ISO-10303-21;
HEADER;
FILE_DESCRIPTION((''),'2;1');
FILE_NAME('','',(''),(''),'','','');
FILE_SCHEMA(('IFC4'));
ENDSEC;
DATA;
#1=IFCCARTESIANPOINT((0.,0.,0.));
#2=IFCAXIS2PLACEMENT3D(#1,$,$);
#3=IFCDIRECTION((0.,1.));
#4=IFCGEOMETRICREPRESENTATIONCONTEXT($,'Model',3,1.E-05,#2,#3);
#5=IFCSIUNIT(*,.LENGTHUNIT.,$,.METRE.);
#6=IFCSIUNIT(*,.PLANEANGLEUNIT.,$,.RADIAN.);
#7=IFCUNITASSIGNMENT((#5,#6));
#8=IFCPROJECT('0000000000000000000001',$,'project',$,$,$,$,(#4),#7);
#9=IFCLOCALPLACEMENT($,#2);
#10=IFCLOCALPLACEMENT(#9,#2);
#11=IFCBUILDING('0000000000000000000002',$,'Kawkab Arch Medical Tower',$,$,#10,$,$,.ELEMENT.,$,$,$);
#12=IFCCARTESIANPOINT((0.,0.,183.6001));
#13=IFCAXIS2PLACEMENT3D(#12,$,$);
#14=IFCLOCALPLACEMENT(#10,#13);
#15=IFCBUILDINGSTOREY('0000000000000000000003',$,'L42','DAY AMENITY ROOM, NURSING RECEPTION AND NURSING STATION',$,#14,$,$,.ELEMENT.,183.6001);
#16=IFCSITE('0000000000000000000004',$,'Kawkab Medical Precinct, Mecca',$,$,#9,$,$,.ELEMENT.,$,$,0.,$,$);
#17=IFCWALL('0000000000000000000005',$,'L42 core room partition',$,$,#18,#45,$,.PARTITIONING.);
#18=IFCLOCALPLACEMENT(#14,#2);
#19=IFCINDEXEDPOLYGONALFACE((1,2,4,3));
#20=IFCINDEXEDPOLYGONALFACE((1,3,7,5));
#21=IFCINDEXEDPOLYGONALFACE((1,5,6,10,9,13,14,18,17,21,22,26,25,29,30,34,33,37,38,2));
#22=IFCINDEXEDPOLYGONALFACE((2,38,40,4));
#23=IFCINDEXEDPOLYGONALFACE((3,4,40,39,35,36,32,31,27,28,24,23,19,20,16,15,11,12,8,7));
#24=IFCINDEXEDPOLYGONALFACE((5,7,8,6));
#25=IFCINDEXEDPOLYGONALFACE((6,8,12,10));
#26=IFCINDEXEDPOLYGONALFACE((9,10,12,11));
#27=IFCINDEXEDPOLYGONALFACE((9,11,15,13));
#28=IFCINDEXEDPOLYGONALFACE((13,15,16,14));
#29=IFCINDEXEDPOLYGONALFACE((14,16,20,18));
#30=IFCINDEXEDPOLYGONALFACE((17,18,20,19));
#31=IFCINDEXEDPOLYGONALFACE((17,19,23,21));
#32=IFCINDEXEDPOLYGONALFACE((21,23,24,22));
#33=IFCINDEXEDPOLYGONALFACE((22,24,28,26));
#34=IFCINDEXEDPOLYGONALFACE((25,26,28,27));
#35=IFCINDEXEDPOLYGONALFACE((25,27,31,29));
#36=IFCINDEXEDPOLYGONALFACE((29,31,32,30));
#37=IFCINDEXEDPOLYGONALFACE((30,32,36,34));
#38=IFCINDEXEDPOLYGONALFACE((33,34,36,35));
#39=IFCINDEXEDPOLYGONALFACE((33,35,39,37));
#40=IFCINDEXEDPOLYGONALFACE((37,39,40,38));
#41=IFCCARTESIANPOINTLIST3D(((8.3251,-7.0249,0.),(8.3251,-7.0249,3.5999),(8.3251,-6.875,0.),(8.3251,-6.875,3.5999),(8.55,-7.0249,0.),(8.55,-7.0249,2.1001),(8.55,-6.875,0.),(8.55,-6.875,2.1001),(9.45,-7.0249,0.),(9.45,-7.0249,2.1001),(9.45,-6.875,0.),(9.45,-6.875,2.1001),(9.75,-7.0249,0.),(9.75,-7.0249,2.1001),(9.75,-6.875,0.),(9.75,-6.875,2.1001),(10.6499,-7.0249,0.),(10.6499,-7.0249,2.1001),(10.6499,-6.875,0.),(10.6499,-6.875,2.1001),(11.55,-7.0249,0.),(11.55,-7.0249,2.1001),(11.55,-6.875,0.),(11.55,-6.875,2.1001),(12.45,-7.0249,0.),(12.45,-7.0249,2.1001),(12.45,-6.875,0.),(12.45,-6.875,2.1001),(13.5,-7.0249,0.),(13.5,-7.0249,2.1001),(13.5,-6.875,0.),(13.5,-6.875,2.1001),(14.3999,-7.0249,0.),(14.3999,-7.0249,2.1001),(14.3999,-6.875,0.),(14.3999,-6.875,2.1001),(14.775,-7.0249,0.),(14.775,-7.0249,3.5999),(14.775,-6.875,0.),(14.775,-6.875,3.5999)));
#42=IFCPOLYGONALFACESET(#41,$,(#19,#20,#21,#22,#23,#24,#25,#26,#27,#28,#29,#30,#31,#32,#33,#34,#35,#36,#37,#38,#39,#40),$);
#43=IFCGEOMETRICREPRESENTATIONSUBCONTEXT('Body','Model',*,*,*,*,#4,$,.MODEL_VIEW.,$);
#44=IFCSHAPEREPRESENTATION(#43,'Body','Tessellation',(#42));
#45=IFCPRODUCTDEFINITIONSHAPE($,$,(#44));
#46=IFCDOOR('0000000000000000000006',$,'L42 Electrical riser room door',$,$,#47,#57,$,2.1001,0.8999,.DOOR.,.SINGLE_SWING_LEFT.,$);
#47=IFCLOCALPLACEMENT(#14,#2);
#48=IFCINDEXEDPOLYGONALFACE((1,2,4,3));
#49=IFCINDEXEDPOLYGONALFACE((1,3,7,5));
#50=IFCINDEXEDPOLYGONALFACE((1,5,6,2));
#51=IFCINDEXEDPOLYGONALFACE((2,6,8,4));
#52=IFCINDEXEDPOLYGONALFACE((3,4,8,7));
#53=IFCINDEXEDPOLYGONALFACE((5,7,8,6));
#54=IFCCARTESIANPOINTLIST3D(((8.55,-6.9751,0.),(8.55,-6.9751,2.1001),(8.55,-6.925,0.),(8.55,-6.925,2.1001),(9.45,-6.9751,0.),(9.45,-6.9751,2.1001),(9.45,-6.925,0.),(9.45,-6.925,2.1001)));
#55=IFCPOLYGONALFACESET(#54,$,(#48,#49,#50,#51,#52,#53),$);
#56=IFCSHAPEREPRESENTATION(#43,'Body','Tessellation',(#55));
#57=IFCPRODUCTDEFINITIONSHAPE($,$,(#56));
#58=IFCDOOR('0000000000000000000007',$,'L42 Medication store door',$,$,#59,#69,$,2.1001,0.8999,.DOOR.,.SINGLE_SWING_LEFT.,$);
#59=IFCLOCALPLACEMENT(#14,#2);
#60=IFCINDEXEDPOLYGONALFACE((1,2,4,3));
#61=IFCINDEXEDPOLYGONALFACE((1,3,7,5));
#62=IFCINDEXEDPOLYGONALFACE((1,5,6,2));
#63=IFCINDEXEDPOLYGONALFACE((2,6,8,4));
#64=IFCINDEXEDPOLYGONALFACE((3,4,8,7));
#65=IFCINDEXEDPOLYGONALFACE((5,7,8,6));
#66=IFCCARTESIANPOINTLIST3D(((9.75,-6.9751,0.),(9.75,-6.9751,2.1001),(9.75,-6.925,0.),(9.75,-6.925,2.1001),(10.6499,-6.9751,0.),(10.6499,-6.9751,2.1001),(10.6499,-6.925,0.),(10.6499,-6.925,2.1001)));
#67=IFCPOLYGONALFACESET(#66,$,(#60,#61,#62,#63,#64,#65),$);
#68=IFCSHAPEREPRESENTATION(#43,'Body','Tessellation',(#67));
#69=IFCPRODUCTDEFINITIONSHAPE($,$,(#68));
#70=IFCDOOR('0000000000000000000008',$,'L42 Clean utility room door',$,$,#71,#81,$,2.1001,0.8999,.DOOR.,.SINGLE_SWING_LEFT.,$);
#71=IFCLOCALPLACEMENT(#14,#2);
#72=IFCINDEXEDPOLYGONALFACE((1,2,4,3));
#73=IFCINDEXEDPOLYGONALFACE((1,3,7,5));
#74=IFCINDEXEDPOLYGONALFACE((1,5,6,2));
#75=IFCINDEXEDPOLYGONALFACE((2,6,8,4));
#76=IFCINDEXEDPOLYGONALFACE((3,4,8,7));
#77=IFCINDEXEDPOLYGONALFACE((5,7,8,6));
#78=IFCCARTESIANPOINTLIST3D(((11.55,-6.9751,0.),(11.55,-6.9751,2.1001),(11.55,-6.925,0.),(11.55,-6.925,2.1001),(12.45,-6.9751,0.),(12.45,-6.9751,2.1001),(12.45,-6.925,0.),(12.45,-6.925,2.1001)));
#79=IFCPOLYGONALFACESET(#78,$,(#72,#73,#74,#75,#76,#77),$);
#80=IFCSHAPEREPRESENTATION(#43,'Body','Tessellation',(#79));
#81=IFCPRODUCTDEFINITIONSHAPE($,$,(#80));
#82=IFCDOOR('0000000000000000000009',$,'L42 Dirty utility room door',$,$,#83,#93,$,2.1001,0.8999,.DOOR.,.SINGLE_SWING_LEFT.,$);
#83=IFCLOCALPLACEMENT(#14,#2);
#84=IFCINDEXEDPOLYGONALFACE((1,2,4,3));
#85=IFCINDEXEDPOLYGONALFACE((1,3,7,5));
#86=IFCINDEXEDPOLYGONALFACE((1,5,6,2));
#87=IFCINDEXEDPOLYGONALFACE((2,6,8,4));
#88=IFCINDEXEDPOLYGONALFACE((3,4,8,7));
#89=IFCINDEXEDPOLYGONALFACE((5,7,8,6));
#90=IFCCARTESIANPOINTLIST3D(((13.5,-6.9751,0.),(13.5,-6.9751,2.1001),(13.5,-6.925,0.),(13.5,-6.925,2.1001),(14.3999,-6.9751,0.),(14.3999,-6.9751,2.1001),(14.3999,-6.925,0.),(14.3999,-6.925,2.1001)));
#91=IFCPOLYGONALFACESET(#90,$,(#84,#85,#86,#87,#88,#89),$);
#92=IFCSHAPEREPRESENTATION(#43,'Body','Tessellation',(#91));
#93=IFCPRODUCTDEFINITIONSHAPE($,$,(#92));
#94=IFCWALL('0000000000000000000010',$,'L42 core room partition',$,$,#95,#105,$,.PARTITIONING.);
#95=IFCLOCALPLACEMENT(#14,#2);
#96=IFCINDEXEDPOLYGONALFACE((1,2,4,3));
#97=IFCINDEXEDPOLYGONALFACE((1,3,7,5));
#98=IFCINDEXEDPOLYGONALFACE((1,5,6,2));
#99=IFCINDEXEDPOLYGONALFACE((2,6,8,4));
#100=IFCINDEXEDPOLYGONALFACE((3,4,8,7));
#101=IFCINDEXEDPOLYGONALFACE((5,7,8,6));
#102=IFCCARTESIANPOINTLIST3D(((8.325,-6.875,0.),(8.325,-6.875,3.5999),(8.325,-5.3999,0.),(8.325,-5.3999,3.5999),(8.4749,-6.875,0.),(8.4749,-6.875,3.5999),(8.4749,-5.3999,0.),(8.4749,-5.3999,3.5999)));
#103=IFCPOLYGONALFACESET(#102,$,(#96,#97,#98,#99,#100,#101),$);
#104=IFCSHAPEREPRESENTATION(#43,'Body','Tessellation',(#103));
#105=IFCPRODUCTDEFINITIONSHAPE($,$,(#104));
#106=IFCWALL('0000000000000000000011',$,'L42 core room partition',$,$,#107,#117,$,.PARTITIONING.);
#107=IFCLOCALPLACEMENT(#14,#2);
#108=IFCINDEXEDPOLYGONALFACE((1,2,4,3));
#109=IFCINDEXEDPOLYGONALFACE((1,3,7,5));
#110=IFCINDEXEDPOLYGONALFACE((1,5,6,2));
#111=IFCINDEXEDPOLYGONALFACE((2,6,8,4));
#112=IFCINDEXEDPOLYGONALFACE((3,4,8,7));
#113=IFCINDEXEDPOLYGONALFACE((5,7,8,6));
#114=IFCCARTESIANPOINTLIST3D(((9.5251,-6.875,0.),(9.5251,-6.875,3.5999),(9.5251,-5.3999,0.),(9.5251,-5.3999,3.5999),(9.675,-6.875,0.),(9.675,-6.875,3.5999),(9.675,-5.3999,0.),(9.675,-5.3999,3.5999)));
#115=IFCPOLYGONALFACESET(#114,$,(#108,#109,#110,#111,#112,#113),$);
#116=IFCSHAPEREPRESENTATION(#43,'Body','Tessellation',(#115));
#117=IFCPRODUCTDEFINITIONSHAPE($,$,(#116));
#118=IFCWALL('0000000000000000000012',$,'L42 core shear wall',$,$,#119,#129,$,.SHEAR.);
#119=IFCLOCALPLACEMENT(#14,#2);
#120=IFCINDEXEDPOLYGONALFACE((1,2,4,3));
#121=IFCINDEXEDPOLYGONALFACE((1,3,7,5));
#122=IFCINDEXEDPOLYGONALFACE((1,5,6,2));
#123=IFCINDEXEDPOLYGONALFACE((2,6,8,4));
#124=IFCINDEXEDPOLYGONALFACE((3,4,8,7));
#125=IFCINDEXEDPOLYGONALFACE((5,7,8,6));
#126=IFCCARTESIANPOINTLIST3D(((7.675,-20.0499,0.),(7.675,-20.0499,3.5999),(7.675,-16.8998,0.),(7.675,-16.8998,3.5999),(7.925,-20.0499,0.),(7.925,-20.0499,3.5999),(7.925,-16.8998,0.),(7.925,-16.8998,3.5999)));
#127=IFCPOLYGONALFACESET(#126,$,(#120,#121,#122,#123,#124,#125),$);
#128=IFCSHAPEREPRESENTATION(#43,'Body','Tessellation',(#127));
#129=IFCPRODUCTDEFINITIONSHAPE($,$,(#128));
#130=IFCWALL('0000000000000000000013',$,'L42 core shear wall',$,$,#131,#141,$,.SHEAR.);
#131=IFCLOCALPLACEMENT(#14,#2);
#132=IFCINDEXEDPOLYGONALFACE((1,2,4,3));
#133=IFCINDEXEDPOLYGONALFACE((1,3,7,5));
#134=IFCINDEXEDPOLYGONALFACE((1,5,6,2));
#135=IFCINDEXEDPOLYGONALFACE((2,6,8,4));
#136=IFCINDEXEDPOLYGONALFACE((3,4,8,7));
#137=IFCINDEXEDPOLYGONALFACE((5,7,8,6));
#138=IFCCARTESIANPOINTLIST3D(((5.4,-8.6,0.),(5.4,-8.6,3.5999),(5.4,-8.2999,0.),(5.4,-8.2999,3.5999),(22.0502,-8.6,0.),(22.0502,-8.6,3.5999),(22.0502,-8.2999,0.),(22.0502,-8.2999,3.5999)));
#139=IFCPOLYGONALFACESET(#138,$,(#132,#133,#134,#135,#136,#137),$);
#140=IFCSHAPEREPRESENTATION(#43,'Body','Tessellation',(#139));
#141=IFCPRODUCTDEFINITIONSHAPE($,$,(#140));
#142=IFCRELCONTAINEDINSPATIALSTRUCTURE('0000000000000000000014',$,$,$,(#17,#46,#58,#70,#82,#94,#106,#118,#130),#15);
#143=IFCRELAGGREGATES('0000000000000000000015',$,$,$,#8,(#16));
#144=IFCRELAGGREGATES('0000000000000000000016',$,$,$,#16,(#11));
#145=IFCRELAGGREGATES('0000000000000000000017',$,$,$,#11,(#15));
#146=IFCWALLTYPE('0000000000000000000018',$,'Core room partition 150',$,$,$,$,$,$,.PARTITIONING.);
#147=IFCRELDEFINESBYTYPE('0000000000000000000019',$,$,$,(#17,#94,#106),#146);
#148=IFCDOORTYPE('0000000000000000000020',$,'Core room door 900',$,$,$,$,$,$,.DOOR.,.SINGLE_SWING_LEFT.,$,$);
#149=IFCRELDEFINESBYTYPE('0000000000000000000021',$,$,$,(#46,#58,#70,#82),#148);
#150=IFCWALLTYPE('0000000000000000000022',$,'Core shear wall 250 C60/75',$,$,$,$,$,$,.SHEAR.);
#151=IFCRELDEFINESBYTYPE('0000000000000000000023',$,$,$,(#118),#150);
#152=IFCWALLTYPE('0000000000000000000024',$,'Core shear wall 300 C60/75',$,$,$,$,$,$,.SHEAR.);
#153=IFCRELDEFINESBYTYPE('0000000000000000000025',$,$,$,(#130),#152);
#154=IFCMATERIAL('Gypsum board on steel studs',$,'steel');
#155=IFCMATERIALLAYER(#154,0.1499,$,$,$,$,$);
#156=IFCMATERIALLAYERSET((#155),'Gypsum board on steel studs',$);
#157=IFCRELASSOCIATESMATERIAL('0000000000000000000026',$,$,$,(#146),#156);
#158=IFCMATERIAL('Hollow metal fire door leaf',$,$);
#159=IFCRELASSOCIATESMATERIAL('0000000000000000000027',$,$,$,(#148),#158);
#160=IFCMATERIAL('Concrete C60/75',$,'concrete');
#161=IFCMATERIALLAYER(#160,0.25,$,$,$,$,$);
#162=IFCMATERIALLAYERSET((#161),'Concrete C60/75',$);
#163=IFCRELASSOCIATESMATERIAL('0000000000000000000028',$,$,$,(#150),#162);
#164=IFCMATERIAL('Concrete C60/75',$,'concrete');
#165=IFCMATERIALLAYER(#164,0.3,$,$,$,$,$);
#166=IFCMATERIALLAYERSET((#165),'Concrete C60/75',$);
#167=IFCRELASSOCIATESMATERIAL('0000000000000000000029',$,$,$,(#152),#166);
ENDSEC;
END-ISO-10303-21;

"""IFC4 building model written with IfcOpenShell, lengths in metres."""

from ifc_helpers import new_model, si_unit, direction, frame, frame_2d, origin, place, context, subcontext, project, spatial, rectangle, extrude, material, layer, layer_set, type_object, element, fill, save


model = new_model("IFC4")

# Units and contexts
model_context = context("Model", 3, precision=1e-05, world=origin(), true_north=direction((0.0, 1.0)))
body_context = subcontext(model_context, "Body", "Model", "MODEL_VIEW")
ifc_project = project(units=[si_unit("LENGTHUNIT", "METRE"), si_unit("PLANEANGLEUNIT", "RADIAN")], contexts=[model_context])

# Site, building, storey
site_placement = place(None, origin())
site = spatial("IfcSite", under=ifc_project, at=site_placement, Name="Kawkab Medical Precinct, Mecca", CompositionType="ELEMENT", RefElevation=0.0)
building_placement = place(site_placement, origin())
building = spatial("IfcBuilding", under=site, at=building_placement, Name="Kawkab Arch Medical Tower", CompositionType="ELEMENT")
storey_placement = place(building_placement, frame((0.0, 0.0, 183.6001)))
storey = spatial("IfcBuildingStorey", under=building, at=storey_placement, Name="L42", Description="DAY AMENITY ROOM, NURSING RECEPTION AND NURSING STATION", CompositionType="ELEMENT", Elevation=183.6001)

# Wall, openings, doors
ifc_material_1 = material(Name="Gypsum board on steel studs", Category="steel")
ifc_layer_1 = layer(ifc_material_1, 0.1499)
ifc_layer_set_1 = layer_set([ifc_layer_1], Name="Gypsum board on steel studs")
wall_type_1 = type_object("IfcWallType", Name="Core room partition 150", PredefinedType="PARTITIONING", material=ifc_layer_set_1)
wall_1_placement = place(storey_placement, frame((8.325, -6.95, 0.0), z_axis=(0.0, 0.0, 1.0), x_axis=(1.0, 0.0, 0.0)))
wall_1 = element("IfcWall", 1, at=wall_1_placement, inside=storey, type_object=wall_type_1, Name="L42 core room partition", PredefinedType="PARTITIONING", context=body_context, shape_type="SweptSolid", body=[
    extrude(rectangle(XDim=6.45, YDim=0.1499, at=frame_2d((3.2251, 0.0))), origin(), (0.0, 0.0, 1.0), 3.5999),
])
opening_1_placement = place(wall_1_placement, frame((0.2251, 0.0, 0.0)))
opening_1 = element("IfcOpeningElement", 2, at=opening_1_placement, cuts=wall_1, PredefinedType="OPENING", context=body_context, shape_type="SweptSolid", body=[
    extrude(rectangle(XDim=0.8999, YDim=2.1001, at=frame_2d((0.45, 1.05))), frame((0.0, 0.085, 0.0), z_axis=(0.0, -1.0, 0.0), x_axis=(1.0, 0.0, 0.0)), (0.0, 0.0, 1.0), 0.1699),
])
opening_2_placement = place(wall_1_placement, frame((1.425, 0.0, 0.0)))
opening_2 = element("IfcOpeningElement", 3, at=opening_2_placement, cuts=wall_1, PredefinedType="OPENING", context=body_context, shape_type="SweptSolid", body=[
    extrude(rectangle(XDim=0.8999, YDim=2.1001, at=frame_2d((0.45, 1.05))), frame((0.0, 0.085, 0.0), z_axis=(0.0, -1.0, 0.0), x_axis=(1.0, 0.0, 0.0)), (0.0, 0.0, 1.0), 0.1699),
])
opening_3_placement = place(wall_1_placement, frame((3.2251, 0.0, 0.0)))
opening_3 = element("IfcOpeningElement", 4, at=opening_3_placement, cuts=wall_1, PredefinedType="OPENING", context=body_context, shape_type="SweptSolid", body=[
    extrude(rectangle(XDim=0.8999, YDim=2.1001, at=frame_2d((0.45, 1.05))), frame((0.0, 0.085, 0.0), z_axis=(0.0, -1.0, 0.0), x_axis=(1.0, 0.0, 0.0)), (0.0, 0.0, 1.0), 0.1699),
])
opening_4_placement = place(wall_1_placement, frame((5.175, 0.0, 0.0)))
opening_4 = element("IfcOpeningElement", 5, at=opening_4_placement, cuts=wall_1, PredefinedType="OPENING", context=body_context, shape_type="SweptSolid", body=[
    extrude(rectangle(XDim=0.8999, YDim=2.1001, at=frame_2d((0.45, 1.05))), frame((0.0, 0.085, 0.0), z_axis=(0.0, -1.0, 0.0), x_axis=(1.0, 0.0, 0.0)), (0.0, 0.0, 1.0), 0.1699),
])
ifc_material_2 = material(Name="Hollow metal fire door leaf")
door_type_1 = type_object("IfcDoorType", Name="Core room door 900", OperationType="SINGLE_SWING_LEFT", PredefinedType="DOOR", material=ifc_material_2)
door_1_placement = place(opening_1_placement, origin())
door_1 = element("IfcDoor", 6, at=door_1_placement, inside=storey, type_object=door_type_1, Name="L42 Electrical riser room door", OperationType="SINGLE_SWING_LEFT", OverallHeight=2.1001, OverallWidth=0.8999, PredefinedType="DOOR", context=body_context, shape_type="SweptSolid", body=[
    extrude(rectangle(XDim=0.8999, YDim=2.1001, at=frame_2d((0.45, 1.05))), frame((0.0, 0.0249, 0.0), z_axis=(0.0, -1.0, 0.0), x_axis=(1.0, 0.0, 0.0)), (0.0, 0.0, 1.0), 0.05),
])
fill(opening_1, door_1)
door_2_placement = place(opening_2_placement, origin())
door_2 = element("IfcDoor", 7, at=door_2_placement, inside=storey, type_object=door_type_1, Name="L42 Medication store door", OperationType="SINGLE_SWING_LEFT", OverallHeight=2.1001, OverallWidth=0.8999, PredefinedType="DOOR", context=body_context, shape_type="SweptSolid", body=[
    extrude(rectangle(XDim=0.8999, YDim=2.1001, at=frame_2d((0.45, 1.05))), frame((0.0, 0.0249, 0.0), z_axis=(0.0, -1.0, 0.0), x_axis=(1.0, 0.0, 0.0)), (0.0, 0.0, 1.0), 0.05),
])
fill(opening_2, door_2)
door_3_placement = place(opening_3_placement, origin())
door_3 = element("IfcDoor", 8, at=door_3_placement, inside=storey, type_object=door_type_1, Name="L42 Clean utility room door", OperationType="SINGLE_SWING_LEFT", OverallHeight=2.1001, OverallWidth=0.8999, PredefinedType="DOOR", context=body_context, shape_type="SweptSolid", body=[
    extrude(rectangle(XDim=0.8999, YDim=2.1001, at=frame_2d((0.45, 1.05))), frame((0.0, 0.0249, 0.0), z_axis=(0.0, -1.0, 0.0), x_axis=(1.0, 0.0, 0.0)), (0.0, 0.0, 1.0), 0.05),
])
fill(opening_3, door_3)
door_4_placement = place(opening_4_placement, origin())
door_4 = element("IfcDoor", 9, at=door_4_placement, inside=storey, type_object=door_type_1, Name="L42 Dirty utility room door", OperationType="SINGLE_SWING_LEFT", OverallHeight=2.1001, OverallWidth=0.8999, PredefinedType="DOOR", context=body_context, shape_type="SweptSolid", body=[
    extrude(rectangle(XDim=0.8999, YDim=2.1001, at=frame_2d((0.45, 1.05))), frame((0.0, 0.0249, 0.0), z_axis=(0.0, -1.0, 0.0), x_axis=(1.0, 0.0, 0.0)), (0.0, 0.0, 1.0), 0.05),
])
fill(opening_4, door_4)

# Walls
for number, where, z_axis, x_axis, name in (
    (10, (8.3999, -6.875, 0.0), (0.0, 0.0, 1.0), (0.0, 1.0, 0.0), "L42 core room partition"),
    (11, (9.6001, -6.875, 0.0), (0.0, 0.0, 1.0), (0.0, 1.0, 0.0), "L42 core room partition"),
):
    element("IfcWall", number, at=place(storey_placement, frame(where, z_axis=z_axis, x_axis=x_axis)), inside=storey, type_object=wall_type_1, Name=name, PredefinedType="PARTITIONING", context=body_context, shape_type="SweptSolid", body=[
        extrude(rectangle(XDim=1.4751, YDim=0.1499, at=frame_2d((0.7375, 0.0))), origin(), (0.0, 0.0, 1.0), 3.5999),
    ])
ifc_material_3 = material(Name="Concrete C60/75", Category="concrete")
ifc_layer_2 = layer(ifc_material_3, 0.25)
ifc_layer_set_2 = layer_set([ifc_layer_2], Name="Concrete C60/75")
wall_type_2 = type_object("IfcWallType", Name="Core shear wall 250 C60/75", PredefinedType="SHEAR", material=ifc_layer_set_2)
wall_2_placement = place(storey_placement, frame((7.8, -20.05, 0.0), z_axis=(0.0, 0.0, 1.0), x_axis=(0.0, 1.0, 0.0)))
element("IfcWall", 12, at=wall_2_placement, inside=storey, type_object=wall_type_2, Name="L42 core shear wall", PredefinedType="SHEAR", context=body_context, shape_type="SweptSolid", body=[
    extrude(rectangle(XDim=3.1501, YDim=0.25, at=frame_2d((1.5752, 0.0))), origin(), (0.0, 0.0, 1.0), 3.5999),
])
ifc_material_4 = material(Name="Concrete C60/75", Category="concrete")
ifc_layer_3 = layer(ifc_material_4, 0.3)
ifc_layer_set_3 = layer_set([ifc_layer_3], Name="Concrete C60/75")
wall_type_3 = type_object("IfcWallType", Name="Core shear wall 300 C60/75", PredefinedType="SHEAR", material=ifc_layer_set_3)
wall_3_placement = place(storey_placement, frame((5.3999, -8.45, 0.0), z_axis=(0.0, 0.0, 1.0), x_axis=(1.0, 0.0, 0.0)))
element("IfcWall", 13, at=wall_3_placement, inside=storey, type_object=wall_type_3, Name="L42 core shear wall", PredefinedType="SHEAR", context=body_context, shape_type="SweptSolid", body=[
    extrude(rectangle(XDim=16.6501, YDim=0.3, at=frame_2d((8.3252, 0.0))), origin(), (0.0, 0.0, 1.0), 3.5999),
])

save(model, "model.ifc")
